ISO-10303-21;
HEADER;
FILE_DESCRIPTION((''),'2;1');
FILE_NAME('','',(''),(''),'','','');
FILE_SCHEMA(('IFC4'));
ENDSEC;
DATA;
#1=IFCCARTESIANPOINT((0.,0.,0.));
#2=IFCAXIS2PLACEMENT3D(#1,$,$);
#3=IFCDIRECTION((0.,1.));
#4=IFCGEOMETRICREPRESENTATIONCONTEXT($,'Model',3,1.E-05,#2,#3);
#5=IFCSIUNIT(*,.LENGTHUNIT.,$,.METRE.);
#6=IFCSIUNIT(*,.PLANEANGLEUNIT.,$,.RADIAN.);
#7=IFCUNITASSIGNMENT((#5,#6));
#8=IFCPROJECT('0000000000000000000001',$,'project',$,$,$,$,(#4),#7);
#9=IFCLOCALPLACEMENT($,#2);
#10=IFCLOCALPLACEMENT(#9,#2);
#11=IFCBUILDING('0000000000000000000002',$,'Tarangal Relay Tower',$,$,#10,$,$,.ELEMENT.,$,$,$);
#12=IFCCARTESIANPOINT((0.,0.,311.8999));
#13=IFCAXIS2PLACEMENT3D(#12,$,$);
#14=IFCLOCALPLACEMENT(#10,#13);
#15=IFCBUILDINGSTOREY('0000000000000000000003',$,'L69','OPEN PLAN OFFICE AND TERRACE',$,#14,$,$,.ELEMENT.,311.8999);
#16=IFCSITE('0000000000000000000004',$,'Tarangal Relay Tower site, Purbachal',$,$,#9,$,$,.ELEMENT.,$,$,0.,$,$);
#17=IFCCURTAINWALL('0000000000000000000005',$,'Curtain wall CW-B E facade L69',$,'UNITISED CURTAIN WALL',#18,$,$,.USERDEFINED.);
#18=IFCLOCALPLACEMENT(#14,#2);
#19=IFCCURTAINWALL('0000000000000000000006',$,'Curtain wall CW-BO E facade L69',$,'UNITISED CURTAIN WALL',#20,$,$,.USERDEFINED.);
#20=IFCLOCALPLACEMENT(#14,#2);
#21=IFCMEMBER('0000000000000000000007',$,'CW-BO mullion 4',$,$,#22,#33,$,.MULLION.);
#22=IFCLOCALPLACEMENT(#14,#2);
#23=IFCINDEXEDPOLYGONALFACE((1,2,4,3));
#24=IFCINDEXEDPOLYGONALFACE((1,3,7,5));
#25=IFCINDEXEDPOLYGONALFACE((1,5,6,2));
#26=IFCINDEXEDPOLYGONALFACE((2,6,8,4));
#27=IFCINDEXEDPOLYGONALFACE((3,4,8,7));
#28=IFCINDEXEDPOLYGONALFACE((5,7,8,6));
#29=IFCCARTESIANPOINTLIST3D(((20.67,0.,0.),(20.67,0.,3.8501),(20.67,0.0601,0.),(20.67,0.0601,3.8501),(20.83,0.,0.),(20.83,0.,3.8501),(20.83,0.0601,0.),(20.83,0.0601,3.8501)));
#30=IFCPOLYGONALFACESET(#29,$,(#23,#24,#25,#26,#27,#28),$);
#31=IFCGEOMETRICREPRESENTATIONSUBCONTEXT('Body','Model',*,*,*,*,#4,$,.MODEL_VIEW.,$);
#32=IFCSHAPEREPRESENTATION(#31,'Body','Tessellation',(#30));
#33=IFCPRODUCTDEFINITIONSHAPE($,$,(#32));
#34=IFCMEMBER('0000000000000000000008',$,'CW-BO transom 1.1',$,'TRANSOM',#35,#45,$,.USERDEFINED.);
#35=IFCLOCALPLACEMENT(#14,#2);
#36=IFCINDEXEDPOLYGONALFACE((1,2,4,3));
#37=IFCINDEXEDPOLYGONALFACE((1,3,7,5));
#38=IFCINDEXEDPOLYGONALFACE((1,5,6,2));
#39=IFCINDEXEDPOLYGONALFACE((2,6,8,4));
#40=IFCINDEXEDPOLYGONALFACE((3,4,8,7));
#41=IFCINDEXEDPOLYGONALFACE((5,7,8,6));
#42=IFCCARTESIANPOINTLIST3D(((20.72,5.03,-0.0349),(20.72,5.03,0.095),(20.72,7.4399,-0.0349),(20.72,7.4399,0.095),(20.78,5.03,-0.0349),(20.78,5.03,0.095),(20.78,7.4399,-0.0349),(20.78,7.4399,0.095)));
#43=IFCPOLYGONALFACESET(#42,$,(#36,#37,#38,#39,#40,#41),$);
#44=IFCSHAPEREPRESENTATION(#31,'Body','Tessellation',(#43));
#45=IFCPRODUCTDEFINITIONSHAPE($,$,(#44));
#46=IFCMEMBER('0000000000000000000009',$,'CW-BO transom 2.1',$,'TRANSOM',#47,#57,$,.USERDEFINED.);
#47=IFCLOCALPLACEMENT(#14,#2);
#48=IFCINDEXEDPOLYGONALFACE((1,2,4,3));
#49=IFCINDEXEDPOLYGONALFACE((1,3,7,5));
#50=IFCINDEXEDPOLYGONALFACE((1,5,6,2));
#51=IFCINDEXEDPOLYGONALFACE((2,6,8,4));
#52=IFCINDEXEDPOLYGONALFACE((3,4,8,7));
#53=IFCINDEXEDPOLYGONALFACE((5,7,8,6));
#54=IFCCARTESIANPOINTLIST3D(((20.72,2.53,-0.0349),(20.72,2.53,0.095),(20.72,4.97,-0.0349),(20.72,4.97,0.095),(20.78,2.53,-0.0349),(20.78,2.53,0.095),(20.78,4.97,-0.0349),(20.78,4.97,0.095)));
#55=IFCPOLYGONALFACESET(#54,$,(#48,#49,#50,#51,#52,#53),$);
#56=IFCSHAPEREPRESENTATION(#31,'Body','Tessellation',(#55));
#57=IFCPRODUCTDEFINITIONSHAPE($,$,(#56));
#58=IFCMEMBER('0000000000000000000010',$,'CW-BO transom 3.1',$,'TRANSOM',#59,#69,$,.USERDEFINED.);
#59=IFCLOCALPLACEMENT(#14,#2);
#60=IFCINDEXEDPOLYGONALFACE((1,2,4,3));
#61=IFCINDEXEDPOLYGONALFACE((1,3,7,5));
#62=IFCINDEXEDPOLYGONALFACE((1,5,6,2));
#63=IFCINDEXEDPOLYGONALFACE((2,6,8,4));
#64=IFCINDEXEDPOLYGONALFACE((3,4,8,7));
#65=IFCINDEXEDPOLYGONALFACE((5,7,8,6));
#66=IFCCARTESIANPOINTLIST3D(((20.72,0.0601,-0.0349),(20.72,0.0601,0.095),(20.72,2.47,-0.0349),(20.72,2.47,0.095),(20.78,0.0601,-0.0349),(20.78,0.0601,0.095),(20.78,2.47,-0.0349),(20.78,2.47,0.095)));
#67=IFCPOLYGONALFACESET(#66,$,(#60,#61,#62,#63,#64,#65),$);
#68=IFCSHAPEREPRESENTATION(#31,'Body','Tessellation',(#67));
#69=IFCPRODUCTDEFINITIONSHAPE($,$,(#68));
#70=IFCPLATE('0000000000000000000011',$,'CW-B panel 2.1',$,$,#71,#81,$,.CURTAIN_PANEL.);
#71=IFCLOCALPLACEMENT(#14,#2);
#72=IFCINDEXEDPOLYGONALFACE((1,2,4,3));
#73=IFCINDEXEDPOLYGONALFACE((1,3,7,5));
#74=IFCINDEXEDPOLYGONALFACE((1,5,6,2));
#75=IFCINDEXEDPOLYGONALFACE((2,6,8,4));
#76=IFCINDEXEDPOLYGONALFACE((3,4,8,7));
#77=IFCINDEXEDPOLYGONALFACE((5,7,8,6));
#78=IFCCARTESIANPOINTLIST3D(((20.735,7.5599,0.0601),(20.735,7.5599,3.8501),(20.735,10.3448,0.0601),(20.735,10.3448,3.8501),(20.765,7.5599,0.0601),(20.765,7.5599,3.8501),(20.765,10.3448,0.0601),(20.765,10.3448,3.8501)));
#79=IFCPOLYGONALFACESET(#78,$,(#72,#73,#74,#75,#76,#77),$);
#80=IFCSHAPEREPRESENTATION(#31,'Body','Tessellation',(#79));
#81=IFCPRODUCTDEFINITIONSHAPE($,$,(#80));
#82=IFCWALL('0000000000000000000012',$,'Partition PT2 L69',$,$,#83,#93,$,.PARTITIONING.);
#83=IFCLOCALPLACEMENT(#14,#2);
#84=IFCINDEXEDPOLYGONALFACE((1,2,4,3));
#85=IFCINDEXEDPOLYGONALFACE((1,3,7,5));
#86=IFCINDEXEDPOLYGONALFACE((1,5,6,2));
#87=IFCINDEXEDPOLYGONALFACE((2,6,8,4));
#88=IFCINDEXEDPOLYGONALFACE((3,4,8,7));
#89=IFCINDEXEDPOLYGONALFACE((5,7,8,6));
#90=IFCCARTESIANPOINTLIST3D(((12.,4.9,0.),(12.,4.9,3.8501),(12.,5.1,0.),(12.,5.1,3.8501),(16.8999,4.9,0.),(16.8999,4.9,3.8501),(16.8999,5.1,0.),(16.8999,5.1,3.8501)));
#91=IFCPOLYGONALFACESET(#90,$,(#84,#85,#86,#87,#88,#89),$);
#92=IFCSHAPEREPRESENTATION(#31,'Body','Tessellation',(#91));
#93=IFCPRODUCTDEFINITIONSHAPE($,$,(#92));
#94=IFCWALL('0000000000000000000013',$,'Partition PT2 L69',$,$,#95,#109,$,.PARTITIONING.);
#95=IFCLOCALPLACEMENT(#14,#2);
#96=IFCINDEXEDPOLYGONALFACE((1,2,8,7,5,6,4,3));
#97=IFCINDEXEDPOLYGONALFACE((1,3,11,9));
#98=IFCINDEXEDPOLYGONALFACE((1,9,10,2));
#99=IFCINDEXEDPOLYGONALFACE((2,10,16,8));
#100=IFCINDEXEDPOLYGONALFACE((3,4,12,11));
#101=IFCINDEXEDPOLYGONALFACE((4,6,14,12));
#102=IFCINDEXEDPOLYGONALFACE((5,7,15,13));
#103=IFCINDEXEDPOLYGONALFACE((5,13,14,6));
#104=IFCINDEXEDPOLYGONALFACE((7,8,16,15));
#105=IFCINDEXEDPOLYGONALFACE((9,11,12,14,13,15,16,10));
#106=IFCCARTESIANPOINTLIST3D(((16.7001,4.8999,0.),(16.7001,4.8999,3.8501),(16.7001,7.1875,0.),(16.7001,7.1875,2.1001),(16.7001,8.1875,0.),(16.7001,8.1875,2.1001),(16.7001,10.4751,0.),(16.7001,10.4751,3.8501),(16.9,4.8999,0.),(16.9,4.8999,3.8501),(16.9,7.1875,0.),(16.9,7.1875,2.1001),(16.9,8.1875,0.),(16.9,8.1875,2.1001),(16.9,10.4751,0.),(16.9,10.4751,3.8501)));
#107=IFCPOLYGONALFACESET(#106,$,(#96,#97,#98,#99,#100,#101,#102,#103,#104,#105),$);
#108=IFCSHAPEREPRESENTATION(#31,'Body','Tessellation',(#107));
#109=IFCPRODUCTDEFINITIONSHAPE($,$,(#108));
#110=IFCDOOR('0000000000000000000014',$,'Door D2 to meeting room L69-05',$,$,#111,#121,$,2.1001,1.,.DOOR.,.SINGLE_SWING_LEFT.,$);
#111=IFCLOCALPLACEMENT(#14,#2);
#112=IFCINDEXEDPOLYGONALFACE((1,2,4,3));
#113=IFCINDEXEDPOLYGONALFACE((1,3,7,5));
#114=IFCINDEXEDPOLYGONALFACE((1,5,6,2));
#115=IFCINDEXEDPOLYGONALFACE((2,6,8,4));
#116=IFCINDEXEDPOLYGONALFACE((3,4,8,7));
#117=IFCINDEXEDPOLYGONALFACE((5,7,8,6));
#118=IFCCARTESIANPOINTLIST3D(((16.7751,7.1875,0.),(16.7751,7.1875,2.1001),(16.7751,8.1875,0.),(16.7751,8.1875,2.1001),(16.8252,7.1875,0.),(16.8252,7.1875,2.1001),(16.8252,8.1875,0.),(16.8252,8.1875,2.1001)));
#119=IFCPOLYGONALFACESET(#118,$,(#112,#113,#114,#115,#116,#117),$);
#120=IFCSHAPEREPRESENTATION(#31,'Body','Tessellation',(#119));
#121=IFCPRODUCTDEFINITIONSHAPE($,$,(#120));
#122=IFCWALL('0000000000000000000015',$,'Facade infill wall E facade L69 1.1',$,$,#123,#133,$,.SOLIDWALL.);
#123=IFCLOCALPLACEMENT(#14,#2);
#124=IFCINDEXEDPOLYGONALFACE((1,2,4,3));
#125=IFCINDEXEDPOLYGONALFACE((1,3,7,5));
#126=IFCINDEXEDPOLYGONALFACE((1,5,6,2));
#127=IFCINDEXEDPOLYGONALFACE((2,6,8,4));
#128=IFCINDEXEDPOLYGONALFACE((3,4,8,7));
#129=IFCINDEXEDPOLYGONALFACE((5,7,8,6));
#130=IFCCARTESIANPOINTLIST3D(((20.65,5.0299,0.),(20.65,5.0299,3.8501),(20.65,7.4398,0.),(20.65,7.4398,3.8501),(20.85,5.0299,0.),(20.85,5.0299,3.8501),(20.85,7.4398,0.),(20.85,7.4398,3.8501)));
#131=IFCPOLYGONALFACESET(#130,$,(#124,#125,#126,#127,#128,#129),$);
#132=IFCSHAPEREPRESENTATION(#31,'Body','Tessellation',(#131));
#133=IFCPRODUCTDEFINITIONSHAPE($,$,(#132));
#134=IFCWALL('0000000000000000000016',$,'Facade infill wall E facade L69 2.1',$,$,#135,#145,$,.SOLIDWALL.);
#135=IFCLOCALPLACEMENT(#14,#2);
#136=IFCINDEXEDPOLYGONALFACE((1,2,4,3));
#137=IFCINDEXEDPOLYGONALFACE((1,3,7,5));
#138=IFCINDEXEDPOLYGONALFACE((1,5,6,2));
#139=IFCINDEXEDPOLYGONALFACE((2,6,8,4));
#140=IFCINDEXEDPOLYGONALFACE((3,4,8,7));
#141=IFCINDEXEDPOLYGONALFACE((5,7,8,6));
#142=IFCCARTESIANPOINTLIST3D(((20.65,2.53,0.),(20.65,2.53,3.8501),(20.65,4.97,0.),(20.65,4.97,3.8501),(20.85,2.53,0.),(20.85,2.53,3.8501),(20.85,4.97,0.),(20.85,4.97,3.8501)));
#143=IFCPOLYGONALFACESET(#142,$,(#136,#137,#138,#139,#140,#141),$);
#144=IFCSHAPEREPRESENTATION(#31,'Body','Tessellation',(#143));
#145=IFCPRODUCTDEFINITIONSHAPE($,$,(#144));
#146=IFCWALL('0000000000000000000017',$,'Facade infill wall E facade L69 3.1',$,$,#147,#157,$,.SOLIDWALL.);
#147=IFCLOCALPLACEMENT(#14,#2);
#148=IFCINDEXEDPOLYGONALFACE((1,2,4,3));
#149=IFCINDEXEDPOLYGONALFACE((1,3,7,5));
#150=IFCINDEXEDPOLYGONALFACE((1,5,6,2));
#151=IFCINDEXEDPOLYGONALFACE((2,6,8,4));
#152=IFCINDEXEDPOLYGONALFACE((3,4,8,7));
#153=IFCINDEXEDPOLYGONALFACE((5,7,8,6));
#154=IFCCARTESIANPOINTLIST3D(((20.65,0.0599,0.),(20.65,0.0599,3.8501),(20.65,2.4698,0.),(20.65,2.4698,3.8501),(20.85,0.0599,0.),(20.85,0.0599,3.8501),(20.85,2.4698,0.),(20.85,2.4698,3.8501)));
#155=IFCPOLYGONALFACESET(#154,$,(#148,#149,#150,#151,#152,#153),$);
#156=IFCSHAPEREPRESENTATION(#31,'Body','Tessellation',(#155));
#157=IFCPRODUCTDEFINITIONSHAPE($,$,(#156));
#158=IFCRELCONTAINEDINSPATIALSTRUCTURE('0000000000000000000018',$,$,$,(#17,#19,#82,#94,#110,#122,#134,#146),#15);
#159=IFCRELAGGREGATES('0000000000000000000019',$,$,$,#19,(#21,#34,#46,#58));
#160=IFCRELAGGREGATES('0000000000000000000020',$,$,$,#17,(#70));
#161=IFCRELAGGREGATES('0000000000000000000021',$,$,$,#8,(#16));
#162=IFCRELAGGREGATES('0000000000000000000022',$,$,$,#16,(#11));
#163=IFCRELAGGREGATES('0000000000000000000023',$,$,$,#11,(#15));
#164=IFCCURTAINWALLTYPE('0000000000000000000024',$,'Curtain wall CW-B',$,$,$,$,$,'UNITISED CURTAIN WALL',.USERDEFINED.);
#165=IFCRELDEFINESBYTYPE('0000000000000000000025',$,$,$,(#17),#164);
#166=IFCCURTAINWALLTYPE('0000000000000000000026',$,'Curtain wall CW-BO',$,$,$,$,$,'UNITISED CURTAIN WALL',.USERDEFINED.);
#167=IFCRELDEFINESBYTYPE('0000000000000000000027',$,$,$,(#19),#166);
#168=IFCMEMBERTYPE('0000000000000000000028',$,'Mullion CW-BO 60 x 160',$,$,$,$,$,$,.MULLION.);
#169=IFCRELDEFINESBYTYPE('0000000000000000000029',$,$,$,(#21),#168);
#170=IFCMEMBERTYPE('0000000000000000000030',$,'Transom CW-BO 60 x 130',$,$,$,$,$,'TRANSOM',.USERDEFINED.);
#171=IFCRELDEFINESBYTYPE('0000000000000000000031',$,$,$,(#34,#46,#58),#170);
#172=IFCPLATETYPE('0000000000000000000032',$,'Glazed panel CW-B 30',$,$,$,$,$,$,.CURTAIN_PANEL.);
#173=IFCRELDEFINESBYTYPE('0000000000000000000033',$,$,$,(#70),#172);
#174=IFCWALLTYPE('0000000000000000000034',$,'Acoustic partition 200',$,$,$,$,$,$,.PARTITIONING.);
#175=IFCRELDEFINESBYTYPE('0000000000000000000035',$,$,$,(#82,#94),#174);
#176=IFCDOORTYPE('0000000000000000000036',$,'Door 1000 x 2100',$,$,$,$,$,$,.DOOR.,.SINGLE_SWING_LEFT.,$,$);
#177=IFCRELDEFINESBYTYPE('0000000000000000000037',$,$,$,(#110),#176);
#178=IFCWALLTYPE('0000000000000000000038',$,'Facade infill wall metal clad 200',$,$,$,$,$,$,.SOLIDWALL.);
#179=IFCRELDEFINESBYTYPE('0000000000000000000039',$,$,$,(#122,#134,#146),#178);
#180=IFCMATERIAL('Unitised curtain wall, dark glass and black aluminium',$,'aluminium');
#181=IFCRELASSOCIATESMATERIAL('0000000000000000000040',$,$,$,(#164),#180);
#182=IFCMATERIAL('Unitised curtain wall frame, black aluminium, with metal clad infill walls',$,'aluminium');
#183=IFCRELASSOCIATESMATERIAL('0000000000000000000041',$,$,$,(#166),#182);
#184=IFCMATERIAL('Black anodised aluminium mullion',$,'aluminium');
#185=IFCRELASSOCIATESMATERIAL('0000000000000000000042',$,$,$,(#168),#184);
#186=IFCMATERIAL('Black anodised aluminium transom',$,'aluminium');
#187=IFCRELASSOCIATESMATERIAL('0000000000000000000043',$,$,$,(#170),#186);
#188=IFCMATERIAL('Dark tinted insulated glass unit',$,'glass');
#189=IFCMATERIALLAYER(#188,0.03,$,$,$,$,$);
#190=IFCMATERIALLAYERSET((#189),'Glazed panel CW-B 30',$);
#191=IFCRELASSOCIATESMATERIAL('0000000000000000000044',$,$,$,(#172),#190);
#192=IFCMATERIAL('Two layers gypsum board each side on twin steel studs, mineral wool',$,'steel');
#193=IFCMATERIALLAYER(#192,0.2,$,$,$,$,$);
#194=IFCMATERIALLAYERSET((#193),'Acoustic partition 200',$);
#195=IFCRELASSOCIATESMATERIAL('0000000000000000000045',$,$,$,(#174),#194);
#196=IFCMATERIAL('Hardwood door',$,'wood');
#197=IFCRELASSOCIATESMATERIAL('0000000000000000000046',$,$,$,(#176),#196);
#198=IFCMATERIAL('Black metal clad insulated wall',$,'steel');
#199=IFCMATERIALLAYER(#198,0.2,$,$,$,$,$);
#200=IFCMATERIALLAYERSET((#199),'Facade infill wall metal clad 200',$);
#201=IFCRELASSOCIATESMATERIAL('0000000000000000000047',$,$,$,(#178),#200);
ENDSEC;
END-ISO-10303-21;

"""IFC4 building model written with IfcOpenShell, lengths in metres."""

from ifc_helpers import new_model, si_unit, direction, frame, frame_2d, origin, origin_2d, place, context, subcontext, project, spatial, rectangle, extrude, material, layer, layer_set, material_profile, profile_set, type_object, element, fill, aggregate, save


model = new_model("IFC4")

# Units and contexts
model_context = context("Model", 3, precision=1e-05, world=origin(), true_north=direction((0.0, 1.0)))
body_context = subcontext(model_context, "Body", "Model", "MODEL_VIEW")
ifc_project = project(units=[si_unit("LENGTHUNIT", "METRE"), si_unit("PLANEANGLEUNIT", "RADIAN")], contexts=[model_context])

# Site, building, storey
site_placement = place(None, origin())
site = spatial("IfcSite", under=ifc_project, at=site_placement, Name="Tarangal Relay Tower site, Purbachal", CompositionType="ELEMENT", RefElevation=0.0)
building_placement = place(site_placement, origin())
building = spatial("IfcBuilding", under=site, at=building_placement, Name="Tarangal Relay Tower", CompositionType="ELEMENT")
storey_placement = place(building_placement, frame((0.0, 0.0, 311.8999)))
storey = spatial("IfcBuildingStorey", under=building, at=storey_placement, Name="L69", Description="OPEN PLAN OFFICE AND TERRACE", CompositionType="ELEMENT", Elevation=311.8999)

# Curtain wall
ifc_material_1 = material(Name="Unitised curtain wall, dark glass and black aluminium", Category="aluminium")
curtain_wall_type_1 = type_object("IfcCurtainWallType", Name="Curtain wall CW-B", ElementType="UNITISED CURTAIN WALL", PredefinedType="USERDEFINED", material=ifc_material_1)
curtain_wall_1_placement = place(storey_placement, origin())
curtain_wall_1 = element("IfcCurtainWall", 1, at=curtain_wall_1_placement, inside=storey, type_object=curtain_wall_type_1, Name="Curtain wall CW-B E facade L69", ObjectType="UNITISED CURTAIN WALL", PredefinedType="USERDEFINED")
ifc_material_2 = material(Name="Black anodised aluminium mullion", Category="aluminium")

# Curtain wall, members
ifc_material_3 = material(Name="Unitised curtain wall frame, black aluminium, with metal clad infill walls", Category="aluminium")
curtain_wall_type_2 = type_object("IfcCurtainWallType", Name="Curtain wall CW-BO", ElementType="UNITISED CURTAIN WALL", PredefinedType="USERDEFINED", material=ifc_material_3)
curtain_wall_2_placement = place(storey_placement, origin())
curtain_wall_2 = element("IfcCurtainWall", 2, at=curtain_wall_2_placement, inside=storey, type_object=curtain_wall_type_2, Name="Curtain wall CW-BO E facade L69", ObjectType="UNITISED CURTAIN WALL", PredefinedType="USERDEFINED")
ifc_material_profile_1 = material_profile(ifc_material_2, rectangle(XDim=0.1599, YDim=0.0601, at=origin_2d()), Name="CW-BOM 60X160")
ifc_profile_set_1 = profile_set([ifc_material_profile_1], Name="Black anodised aluminium mullion")
member_type_1 = type_object("IfcMemberType", Name="Mullion CW-BO 60 x 160", PredefinedType="MULLION", material=ifc_profile_set_1)
member_1_placement = place(storey_placement, frame((20.75, 0.03, 0.0), z_axis=(0.0, 0.0, 1.0), x_axis=(1.0, 0.0, 0.0)))
member_1 = element("IfcMember", 3, at=member_1_placement, type_object=member_type_1, Name="CW-BO mullion 4", PredefinedType="MULLION", context=body_context, shape_type="SweptSolid", body=[
    extrude(rectangle(XDim=0.1599, YDim=0.0601, at=origin_2d()), origin(), (0.0, 0.0, 1.0), 3.8501),
])
ifc_material_4 = material(Name="Black anodised aluminium transom", Category="aluminium")
ifc_material_profile_2 = material_profile(ifc_material_4, rectangle(XDim=0.0601, YDim=0.1299, at=origin_2d()), Name="CW-BOT 60X130")
ifc_profile_set_2 = profile_set([ifc_material_profile_2], Name="Black anodised aluminium transom")
member_type_2 = type_object("IfcMemberType", Name="Transom CW-BO 60 x 130", ElementType="TRANSOM", PredefinedType="USERDEFINED", material=ifc_profile_set_2)
member_2_placement = place(storey_placement, frame((20.75, 7.4399, 0.03), z_axis=(0.0, -1.0, 0.0), x_axis=(1.0, 0.0, 0.0)))
member_2 = element("IfcMember", 4, at=member_2_placement, type_object=member_type_2, Name="CW-BO transom 1.1", ObjectType="TRANSOM", PredefinedType="USERDEFINED", context=body_context, shape_type="SweptSolid", body=[
    extrude(rectangle(XDim=0.0601, YDim=0.1299, at=origin_2d()), origin(), (0.0, 0.0, 1.0), 2.4099),
])
member_3_placement = place(storey_placement, frame((20.75, 4.97, 0.03), z_axis=(0.0, -1.0, 0.0), x_axis=(1.0, 0.0, 0.0)))
member_3 = element("IfcMember", 5, at=member_3_placement, type_object=member_type_2, Name="CW-BO transom 2.1", ObjectType="TRANSOM", PredefinedType="USERDEFINED", context=body_context, shape_type="SweptSolid", body=[
    extrude(rectangle(XDim=0.0601, YDim=0.1299, at=origin_2d()), origin(), (0.0, 0.0, 1.0), 2.4399),
])
member_4_placement = place(storey_placement, frame((20.75, 2.47, 0.03), z_axis=(0.0, -1.0, 0.0), x_axis=(1.0, 0.0, 0.0)))
member_4 = element("IfcMember", 6, at=member_4_placement, type_object=member_type_2, Name="CW-BO transom 3.1", ObjectType="TRANSOM", PredefinedType="USERDEFINED", context=body_context, shape_type="SweptSolid", body=[
    extrude(rectangle(XDim=0.0601, YDim=0.1299, at=origin_2d()), origin(), (0.0, 0.0, 1.0), 2.4099),
])
aggregate(curtain_wall_2, [member_1, member_2, member_3, member_4])

# Plate
ifc_material_5 = material(Name="Dark tinted insulated glass unit", Category="glass")
ifc_layer_1 = layer(ifc_material_5, 0.03)
ifc_layer_set_1 = layer_set([ifc_layer_1], Name="Glazed panel CW-B 30")
plate_type = type_object("IfcPlateType", Name="Glazed panel CW-B 30", PredefinedType="CURTAIN_PANEL", material=ifc_layer_set_1)
plate_placement = place(storey_placement, frame((20.75, 8.9524, 0.0601), z_axis=(0.0, 0.0, 1.0), x_axis=(0.0, -1.0, 0.0)))
plate = element("IfcPlate", 7, at=plate_placement, type_object=plate_type, Name="CW-B panel 2.1", PredefinedType="CURTAIN_PANEL", context=body_context, shape_type="SweptSolid", body=[
    extrude(rectangle(XDim=2.7849, YDim=0.03, at=origin_2d()), origin(), (0.0, 0.0, 1.0), 3.79),
])
aggregate(curtain_wall_1, [plate])

# Wall
ifc_material_6 = material(Name="Two layers gypsum board each side on twin steel studs, mineral wool", Category="steel")
ifc_layer_2 = layer(ifc_material_6, 0.2)
ifc_layer_set_2 = layer_set([ifc_layer_2], Name="Acoustic partition 200")
wall_type_1 = type_object("IfcWallType", Name="Acoustic partition 200", PredefinedType="PARTITIONING", material=ifc_layer_set_2)
wall_1_placement = place(storey_placement, frame((12.0, 5.0, 0.0), z_axis=(0.0, 0.0, 1.0), x_axis=(1.0, 0.0, 0.0)))
element("IfcWall", 8, at=wall_1_placement, inside=storey, type_object=wall_type_1, Name="Partition PT2 L69", PredefinedType="PARTITIONING", context=body_context, shape_type="SweptSolid", body=[
    extrude(rectangle(XDim=4.8999, YDim=0.2, at=frame_2d((2.45, 0.0))), origin(), (0.0, 0.0, 1.0), 3.8501),
])

# Wall, opening, door
wall_2_placement = place(storey_placement, frame((16.8, 4.8999, 0.0), z_axis=(0.0, 0.0, 1.0), x_axis=(0.0, 1.0, 0.0)))
wall_2 = element("IfcWall", 9, at=wall_2_placement, inside=storey, type_object=wall_type_1, Name="Partition PT2 L69", PredefinedType="PARTITIONING", context=body_context, shape_type="SweptSolid", body=[
    extrude(rectangle(XDim=5.5752, YDim=0.2, at=frame_2d((2.7876, 0.0))), origin(), (0.0, 0.0, 1.0), 3.8501),
])
opening_1_placement = place(wall_2_placement, frame((2.2876, 0.0, 0.0)))
opening_1 = element("IfcOpeningElement", 10, at=opening_1_placement, cuts=wall_2, PredefinedType="OPENING", context=body_context, shape_type="SweptSolid", body=[
    extrude(rectangle(XDim=1.0, YDim=2.1001, at=frame_2d((0.5, 1.05))), frame((0.0, 0.1099, 0.0), z_axis=(0.0, -1.0, 0.0), x_axis=(1.0, 0.0, 0.0)), (0.0, 0.0, 1.0), 0.22),
])
ifc_material_7 = material(Name="Hardwood door", Category="wood")
door_type_1 = type_object("IfcDoorType", Name="Door 1000 x 2100", OperationType="SINGLE_SWING_LEFT", PredefinedType="DOOR", material=ifc_material_7)
door_1_placement = place(opening_1_placement, origin())
door_1 = element("IfcDoor", 11, at=door_1_placement, inside=storey, type_object=door_type_1, Name="Door D2 to meeting room L69-05", OperationType="SINGLE_SWING_LEFT", OverallHeight=2.1001, OverallWidth=1.0, PredefinedType="DOOR", context=body_context, shape_type="SweptSolid", body=[
    extrude(rectangle(XDim=1.0, YDim=2.1001, at=frame_2d((0.5, 1.05))), frame((0.0, 0.0249, 0.0), z_axis=(0.0, -1.0, 0.0), x_axis=(1.0, 0.0, 0.0)), (0.0, 0.0, 1.0), 0.05),
])
fill(opening_1, door_1)

# Walls
ifc_material_8 = material(Name="Black metal clad insulated wall", Category="steel")
ifc_layer_3 = layer(ifc_material_8, 0.2)
ifc_layer_set_3 = layer_set([ifc_layer_3], Name="Facade infill wall metal clad 200")
wall_type_2 = type_object("IfcWallType", Name="Facade infill wall metal clad 200", PredefinedType="SOLIDWALL", material=ifc_layer_set_3)
wall_3_placement = place(storey_placement, frame((20.75, 7.4399, 0.0), z_axis=(0.0, 0.0, 1.0), x_axis=(0.0, -1.0, 0.0)))
element("IfcWall", 12, at=wall_3_placement, inside=storey, type_object=wall_type_2, Name="Facade infill wall E facade L69 1.1", PredefinedType="SOLIDWALL", context=body_context, shape_type="SweptSolid", body=[
    extrude(rectangle(XDim=2.4099, YDim=0.2, at=frame_2d((1.2051, 0.0))), origin(), (0.0, 0.0, 1.0), 3.8501),
])
wall_4_placement = place(storey_placement, frame((20.75, 4.97, 0.0), z_axis=(0.0, 0.0, 1.0), x_axis=(0.0, -1.0, 0.0)))
element("IfcWall", 13, at=wall_4_placement, inside=storey, type_object=wall_type_2, Name="Facade infill wall E facade L69 2.1", PredefinedType="SOLIDWALL", context=body_context, shape_type="SweptSolid", body=[
    extrude(rectangle(XDim=2.4399, YDim=0.2, at=frame_2d((1.22, 0.0))), origin(), (0.0, 0.0, 1.0), 3.8501),
])
wall_5_placement = place(storey_placement, frame((20.75, 2.47, 0.0), z_axis=(0.0, 0.0, 1.0), x_axis=(0.0, -1.0, 0.0)))
element("IfcWall", 14, at=wall_5_placement, inside=storey, type_object=wall_type_2, Name="Facade infill wall E facade L69 3.1", PredefinedType="SOLIDWALL", context=body_context, shape_type="SweptSolid", body=[
    extrude(rectangle(XDim=2.4099, YDim=0.2, at=frame_2d((1.2051, 0.0))), origin(), (0.0, 0.0, 1.0), 3.8501),
])

save(model, "model.ifc")
